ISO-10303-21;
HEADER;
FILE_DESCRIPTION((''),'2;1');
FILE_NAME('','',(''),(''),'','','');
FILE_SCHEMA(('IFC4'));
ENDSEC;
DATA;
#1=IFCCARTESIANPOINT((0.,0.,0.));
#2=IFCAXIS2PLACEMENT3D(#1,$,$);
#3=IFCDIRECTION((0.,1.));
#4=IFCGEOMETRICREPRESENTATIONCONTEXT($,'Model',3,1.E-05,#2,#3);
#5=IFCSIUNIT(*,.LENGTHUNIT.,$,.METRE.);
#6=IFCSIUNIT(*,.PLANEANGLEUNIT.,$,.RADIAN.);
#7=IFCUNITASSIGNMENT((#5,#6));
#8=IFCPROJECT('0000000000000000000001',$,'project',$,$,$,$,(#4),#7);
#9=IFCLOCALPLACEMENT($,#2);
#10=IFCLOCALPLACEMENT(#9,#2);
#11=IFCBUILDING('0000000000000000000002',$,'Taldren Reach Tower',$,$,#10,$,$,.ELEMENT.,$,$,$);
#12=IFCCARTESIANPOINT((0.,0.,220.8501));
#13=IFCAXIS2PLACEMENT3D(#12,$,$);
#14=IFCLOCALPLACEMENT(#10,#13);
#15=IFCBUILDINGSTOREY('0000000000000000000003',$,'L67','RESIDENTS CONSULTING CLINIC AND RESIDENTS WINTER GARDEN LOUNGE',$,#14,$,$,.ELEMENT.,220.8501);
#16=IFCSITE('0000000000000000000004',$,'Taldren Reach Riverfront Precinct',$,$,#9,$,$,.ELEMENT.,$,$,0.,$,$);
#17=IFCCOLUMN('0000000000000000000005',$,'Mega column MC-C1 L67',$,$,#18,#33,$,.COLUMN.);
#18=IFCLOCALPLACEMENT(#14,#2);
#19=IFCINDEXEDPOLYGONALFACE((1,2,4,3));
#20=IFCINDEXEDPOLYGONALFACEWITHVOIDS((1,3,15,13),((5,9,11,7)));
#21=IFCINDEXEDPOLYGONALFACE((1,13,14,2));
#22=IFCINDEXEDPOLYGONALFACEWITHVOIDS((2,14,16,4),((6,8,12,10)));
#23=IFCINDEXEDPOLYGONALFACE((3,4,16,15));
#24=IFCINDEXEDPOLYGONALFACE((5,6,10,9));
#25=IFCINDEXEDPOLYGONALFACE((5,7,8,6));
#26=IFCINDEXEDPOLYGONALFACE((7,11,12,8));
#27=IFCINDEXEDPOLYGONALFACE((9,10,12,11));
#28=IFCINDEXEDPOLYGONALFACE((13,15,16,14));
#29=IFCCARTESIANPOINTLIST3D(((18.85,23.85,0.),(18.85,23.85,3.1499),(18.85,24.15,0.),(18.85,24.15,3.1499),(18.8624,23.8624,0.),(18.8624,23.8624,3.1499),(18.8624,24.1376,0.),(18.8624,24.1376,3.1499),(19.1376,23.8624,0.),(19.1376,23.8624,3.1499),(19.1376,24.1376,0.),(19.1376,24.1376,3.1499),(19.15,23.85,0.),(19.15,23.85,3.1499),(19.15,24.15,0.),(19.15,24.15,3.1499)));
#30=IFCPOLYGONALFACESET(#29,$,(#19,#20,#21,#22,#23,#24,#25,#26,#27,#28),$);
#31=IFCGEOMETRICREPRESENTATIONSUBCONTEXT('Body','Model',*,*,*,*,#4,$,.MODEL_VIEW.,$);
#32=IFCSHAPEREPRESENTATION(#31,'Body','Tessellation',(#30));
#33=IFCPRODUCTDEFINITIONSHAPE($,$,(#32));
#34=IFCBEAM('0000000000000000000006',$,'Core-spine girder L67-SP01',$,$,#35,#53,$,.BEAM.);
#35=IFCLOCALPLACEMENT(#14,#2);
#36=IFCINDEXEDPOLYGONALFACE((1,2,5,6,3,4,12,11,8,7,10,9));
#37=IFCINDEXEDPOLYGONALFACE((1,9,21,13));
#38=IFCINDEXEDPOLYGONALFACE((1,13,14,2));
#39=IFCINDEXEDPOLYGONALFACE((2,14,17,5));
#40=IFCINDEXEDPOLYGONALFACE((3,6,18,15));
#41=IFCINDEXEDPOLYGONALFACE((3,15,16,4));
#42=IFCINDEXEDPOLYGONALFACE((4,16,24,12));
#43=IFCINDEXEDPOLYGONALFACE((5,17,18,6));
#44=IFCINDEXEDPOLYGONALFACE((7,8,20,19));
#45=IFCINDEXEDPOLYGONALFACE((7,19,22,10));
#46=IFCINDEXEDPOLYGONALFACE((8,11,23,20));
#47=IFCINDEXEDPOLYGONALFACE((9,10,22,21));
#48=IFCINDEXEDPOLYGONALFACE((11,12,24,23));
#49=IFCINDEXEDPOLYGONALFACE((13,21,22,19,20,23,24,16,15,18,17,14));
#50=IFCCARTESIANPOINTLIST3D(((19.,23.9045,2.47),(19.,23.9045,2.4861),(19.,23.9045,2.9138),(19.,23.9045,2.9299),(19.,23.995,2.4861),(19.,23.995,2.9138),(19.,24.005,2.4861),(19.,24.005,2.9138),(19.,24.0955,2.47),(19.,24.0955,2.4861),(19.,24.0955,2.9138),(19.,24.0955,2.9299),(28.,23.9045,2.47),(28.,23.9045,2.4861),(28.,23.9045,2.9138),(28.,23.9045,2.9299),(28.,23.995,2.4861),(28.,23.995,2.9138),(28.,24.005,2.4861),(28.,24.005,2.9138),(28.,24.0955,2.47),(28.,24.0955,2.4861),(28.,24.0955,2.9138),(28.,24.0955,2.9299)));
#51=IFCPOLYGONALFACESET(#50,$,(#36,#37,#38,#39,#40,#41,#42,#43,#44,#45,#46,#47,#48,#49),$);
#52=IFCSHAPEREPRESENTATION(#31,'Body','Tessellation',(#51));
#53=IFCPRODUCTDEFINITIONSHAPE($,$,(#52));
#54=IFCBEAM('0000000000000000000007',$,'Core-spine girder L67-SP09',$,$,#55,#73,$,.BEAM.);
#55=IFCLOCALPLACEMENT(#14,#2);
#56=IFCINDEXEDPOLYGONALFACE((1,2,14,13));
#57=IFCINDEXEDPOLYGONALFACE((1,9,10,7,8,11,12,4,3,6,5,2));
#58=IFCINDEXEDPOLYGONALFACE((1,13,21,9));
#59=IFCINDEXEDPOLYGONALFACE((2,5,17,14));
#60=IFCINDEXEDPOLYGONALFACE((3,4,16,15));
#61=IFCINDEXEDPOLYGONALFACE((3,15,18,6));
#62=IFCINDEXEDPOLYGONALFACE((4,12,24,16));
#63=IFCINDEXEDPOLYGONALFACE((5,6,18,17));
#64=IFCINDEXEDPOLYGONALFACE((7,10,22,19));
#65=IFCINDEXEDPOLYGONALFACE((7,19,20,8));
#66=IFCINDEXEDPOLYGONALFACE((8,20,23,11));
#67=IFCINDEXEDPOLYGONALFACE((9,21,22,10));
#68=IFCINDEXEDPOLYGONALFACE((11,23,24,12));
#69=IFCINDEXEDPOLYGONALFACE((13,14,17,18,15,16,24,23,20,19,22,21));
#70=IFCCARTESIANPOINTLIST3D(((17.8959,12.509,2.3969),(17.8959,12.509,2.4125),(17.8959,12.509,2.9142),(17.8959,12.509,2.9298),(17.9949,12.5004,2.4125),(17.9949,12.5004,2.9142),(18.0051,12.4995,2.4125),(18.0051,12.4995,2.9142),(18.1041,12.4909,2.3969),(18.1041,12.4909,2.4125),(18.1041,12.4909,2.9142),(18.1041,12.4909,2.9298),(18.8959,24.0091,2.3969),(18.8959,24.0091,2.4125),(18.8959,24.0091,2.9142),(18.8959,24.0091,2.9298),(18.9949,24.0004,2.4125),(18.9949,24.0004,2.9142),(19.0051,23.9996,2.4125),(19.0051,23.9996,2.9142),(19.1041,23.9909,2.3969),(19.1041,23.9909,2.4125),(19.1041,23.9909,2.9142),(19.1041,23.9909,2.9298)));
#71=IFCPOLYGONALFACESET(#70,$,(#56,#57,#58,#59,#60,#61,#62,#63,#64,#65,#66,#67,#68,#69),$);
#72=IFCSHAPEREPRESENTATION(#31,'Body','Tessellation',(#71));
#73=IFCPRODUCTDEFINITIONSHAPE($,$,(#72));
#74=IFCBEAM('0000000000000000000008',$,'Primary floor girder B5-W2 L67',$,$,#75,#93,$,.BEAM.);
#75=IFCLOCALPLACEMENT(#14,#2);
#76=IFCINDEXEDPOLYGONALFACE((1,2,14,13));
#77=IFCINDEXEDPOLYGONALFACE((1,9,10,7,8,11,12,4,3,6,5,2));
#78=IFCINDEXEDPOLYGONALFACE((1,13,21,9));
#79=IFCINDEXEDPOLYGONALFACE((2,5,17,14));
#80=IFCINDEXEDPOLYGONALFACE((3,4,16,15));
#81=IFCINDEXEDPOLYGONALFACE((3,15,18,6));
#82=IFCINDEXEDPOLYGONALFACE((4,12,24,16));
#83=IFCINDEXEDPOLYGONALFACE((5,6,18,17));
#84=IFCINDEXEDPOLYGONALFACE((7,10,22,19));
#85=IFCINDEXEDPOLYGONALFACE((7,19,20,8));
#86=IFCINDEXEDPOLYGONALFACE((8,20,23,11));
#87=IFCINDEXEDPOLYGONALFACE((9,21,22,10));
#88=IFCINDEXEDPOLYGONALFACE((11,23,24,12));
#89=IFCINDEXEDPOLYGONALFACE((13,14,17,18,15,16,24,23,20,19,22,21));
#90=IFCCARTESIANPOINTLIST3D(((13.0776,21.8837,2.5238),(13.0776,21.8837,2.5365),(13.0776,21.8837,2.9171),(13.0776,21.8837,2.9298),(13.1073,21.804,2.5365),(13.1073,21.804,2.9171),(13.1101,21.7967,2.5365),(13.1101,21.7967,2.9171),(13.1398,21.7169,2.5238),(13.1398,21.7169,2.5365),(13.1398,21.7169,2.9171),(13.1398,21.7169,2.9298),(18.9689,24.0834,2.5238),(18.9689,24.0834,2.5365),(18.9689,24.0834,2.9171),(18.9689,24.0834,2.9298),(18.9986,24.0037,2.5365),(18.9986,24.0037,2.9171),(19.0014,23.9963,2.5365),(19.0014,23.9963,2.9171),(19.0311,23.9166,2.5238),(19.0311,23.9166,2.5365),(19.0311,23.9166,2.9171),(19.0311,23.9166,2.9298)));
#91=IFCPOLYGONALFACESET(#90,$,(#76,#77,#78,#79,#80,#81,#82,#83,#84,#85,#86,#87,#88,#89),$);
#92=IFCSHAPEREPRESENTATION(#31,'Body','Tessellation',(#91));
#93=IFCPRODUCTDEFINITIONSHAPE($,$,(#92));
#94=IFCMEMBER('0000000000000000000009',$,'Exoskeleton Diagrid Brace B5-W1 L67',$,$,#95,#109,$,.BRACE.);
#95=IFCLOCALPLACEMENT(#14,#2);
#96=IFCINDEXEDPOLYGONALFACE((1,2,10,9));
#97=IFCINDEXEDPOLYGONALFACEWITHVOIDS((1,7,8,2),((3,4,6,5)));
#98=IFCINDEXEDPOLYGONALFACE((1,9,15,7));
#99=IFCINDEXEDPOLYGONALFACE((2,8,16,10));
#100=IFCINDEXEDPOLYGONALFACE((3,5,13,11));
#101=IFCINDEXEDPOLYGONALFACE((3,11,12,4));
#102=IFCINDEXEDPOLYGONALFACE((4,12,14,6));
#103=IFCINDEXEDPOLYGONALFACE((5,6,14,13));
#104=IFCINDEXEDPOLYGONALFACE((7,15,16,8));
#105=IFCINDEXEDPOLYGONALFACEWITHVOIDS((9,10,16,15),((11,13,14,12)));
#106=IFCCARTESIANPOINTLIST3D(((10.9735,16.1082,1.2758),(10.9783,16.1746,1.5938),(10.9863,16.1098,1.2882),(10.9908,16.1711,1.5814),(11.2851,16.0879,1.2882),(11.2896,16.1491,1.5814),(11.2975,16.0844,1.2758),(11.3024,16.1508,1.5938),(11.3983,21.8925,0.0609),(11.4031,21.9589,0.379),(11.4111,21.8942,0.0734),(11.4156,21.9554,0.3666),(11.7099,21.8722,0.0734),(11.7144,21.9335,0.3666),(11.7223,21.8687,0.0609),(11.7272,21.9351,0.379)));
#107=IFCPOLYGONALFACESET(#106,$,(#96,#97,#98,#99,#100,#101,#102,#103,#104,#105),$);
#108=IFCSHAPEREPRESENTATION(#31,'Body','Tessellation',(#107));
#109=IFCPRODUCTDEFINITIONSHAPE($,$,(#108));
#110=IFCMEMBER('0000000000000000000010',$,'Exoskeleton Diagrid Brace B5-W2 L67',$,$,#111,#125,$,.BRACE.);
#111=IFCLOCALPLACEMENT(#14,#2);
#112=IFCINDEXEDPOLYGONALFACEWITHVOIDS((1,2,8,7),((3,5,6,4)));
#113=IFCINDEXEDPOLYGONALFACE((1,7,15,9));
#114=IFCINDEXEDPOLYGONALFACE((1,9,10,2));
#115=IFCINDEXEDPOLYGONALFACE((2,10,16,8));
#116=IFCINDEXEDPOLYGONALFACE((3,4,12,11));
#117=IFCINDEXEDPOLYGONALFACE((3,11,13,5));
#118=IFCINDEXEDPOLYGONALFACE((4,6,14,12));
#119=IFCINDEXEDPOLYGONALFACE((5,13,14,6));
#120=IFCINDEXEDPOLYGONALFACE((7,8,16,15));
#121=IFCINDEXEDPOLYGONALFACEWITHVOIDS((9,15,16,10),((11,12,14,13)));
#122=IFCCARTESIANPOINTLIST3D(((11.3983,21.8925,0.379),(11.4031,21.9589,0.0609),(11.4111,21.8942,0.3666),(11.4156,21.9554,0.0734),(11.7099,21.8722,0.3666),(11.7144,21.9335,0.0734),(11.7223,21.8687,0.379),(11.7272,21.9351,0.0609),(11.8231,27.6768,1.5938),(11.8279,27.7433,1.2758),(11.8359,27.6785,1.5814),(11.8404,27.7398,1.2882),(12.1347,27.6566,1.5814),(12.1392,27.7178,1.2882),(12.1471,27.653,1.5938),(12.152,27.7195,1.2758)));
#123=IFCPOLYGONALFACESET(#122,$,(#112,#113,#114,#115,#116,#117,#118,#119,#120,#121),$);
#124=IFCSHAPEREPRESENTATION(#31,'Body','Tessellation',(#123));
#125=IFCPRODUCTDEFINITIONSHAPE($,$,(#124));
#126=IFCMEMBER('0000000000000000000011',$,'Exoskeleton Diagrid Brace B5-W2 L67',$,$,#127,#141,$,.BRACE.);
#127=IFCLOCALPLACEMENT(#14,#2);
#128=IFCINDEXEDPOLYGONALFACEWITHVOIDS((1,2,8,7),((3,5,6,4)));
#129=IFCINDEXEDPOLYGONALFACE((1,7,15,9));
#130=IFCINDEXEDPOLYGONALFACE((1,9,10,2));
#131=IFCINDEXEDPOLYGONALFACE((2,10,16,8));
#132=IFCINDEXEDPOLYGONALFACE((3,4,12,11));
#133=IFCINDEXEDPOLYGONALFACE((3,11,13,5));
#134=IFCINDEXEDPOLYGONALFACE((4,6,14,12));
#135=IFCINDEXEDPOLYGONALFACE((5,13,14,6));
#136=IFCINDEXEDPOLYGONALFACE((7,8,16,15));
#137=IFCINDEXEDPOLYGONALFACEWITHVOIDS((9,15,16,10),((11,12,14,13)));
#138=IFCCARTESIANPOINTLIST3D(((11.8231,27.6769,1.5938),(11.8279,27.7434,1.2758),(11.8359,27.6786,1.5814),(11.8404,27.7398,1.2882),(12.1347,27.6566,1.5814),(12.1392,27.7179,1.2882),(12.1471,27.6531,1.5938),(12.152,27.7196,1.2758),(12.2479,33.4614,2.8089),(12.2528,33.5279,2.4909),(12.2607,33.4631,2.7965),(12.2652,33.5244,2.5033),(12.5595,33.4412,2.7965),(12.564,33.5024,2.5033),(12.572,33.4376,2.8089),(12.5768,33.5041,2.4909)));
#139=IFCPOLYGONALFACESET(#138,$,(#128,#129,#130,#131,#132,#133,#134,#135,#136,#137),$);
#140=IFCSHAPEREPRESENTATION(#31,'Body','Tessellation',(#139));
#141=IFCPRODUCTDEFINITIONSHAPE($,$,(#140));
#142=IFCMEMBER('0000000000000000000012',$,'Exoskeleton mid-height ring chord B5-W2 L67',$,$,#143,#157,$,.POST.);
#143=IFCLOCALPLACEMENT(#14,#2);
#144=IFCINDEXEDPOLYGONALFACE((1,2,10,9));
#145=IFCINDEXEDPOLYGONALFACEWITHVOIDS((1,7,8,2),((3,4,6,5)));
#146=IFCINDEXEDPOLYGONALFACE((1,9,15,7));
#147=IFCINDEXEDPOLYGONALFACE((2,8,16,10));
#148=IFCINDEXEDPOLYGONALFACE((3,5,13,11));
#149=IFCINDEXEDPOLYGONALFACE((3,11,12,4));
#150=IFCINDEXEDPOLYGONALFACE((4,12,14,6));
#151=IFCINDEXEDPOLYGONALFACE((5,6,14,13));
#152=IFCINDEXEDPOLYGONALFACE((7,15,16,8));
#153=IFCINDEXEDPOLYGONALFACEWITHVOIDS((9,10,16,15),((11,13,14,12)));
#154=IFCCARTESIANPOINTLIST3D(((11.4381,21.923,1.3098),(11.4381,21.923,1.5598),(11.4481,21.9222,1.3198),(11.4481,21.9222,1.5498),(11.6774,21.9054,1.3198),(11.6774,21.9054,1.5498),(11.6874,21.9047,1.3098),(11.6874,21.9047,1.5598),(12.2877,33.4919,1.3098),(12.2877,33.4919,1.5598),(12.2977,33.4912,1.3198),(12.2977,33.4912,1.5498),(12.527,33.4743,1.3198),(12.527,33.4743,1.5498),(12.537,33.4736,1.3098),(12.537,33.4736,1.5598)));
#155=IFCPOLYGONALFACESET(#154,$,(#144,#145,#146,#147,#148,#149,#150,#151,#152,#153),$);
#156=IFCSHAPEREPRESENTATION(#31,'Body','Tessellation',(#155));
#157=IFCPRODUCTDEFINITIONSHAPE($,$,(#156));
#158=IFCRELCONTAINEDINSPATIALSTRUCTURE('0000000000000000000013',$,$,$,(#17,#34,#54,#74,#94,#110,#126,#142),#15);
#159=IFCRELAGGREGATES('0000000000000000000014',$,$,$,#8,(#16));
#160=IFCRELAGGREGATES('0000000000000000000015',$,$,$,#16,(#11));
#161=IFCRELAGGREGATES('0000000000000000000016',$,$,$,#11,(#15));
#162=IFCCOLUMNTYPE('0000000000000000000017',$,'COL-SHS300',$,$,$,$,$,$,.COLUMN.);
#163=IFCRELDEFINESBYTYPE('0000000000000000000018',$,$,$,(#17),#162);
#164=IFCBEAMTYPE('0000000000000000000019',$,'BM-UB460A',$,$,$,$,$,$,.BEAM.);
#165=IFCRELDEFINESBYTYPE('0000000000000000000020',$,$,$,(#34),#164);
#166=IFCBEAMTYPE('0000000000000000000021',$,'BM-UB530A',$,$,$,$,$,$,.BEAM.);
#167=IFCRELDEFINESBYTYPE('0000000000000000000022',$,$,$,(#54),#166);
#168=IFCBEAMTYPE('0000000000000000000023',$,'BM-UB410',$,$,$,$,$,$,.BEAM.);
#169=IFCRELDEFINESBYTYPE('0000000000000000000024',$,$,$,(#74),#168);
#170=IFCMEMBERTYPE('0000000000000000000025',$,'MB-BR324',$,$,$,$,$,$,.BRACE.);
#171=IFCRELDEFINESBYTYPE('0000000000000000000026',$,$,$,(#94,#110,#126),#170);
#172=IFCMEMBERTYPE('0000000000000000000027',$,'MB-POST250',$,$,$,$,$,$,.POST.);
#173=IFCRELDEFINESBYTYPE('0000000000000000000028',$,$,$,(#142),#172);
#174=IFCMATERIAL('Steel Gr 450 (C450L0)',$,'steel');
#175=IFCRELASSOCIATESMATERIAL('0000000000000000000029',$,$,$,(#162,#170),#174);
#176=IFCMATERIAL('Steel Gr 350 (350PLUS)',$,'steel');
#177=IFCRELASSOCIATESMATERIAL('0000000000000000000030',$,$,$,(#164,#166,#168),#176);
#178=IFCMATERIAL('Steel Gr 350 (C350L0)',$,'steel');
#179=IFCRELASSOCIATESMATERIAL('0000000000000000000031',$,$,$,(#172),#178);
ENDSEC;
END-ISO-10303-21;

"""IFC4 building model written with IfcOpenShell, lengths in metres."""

from ifc_helpers import new_model, si_unit, direction, frame, origin, origin_2d, place, context, subcontext, project, spatial, hollow_rectangle, i_section, extrude, source, transform, mapped, material, material_profile, profile_set, type_object, element, save


model = new_model("IFC4")

# Units and contexts
model_context = context("Model", 3, precision=1e-05, world=origin(), true_north=direction((0.0, 1.0)))
body_context = subcontext(model_context, "Body", "Model", "MODEL_VIEW")
ifc_project = project(units=[si_unit("LENGTHUNIT", "METRE"), si_unit("PLANEANGLEUNIT", "RADIAN")], contexts=[model_context])

# Site, building, storey
site_placement = place(None, origin())
site = spatial("IfcSite", under=ifc_project, at=site_placement, Name="Taldren Reach Riverfront Precinct", CompositionType="ELEMENT", RefElevation=0.0)
building_placement = place(site_placement, origin())
building = spatial("IfcBuilding", under=site, at=building_placement, Name="Taldren Reach Tower", CompositionType="ELEMENT")
storey_placement = place(building_placement, frame((0.0, 0.0, 220.8501)))
storey = spatial("IfcBuildingStorey", under=building, at=storey_placement, Name="L67", Description="RESIDENTS CONSULTING CLINIC AND RESIDENTS WINTER GARDEN LOUNGE", CompositionType="ELEMENT", Elevation=220.8501)

# Column
ifc_material_1 = material(Name="Steel Gr 450 (C450L0)", Category="steel")
ifc_material_profile_1 = material_profile(ifc_material_1, hollow_rectangle(XDim=0.3, YDim=0.3, WallThickness=0.0125, at=origin_2d()), Name="300x300x12.5SHS")
ifc_profile_set_1 = profile_set([ifc_material_profile_1], Name="Steel Gr 450 (C450L0)")
column_type = type_object("IfcColumnType", Name="COL-SHS300", PredefinedType="COLUMN", material=ifc_profile_set_1)
shared_shape_1 = source(origin(), body_context, "Body", "SweptSolid", [
    extrude(hollow_rectangle(XDim=0.3, YDim=0.3, WallThickness=0.0125, at=origin_2d()), origin(), (0.0, 0.0, 1.0), 3.1499),
])
column_placement = place(storey_placement, frame((19.0, 24.0, 0.0), z_axis=(0.0, 0.0, 1.0), x_axis=(1.0, 0.0, 0.0)))
element("IfcColumn", 1, at=column_placement, inside=storey, type_object=column_type, Name="Mega column MC-C1 L67", PredefinedType="COLUMN", context=body_context, shape_type="MappedRepresentation", body=[
    mapped(shared_shape_1, transform((0.0, 0.0, 0.0), scale=1.0)),
])

# Beams
ifc_material_2 = material(Name="Steel Gr 350 (350PLUS)", Category="steel")
ifc_material_profile_2 = material_profile(ifc_material_2, i_section(OverallWidth=0.1909, OverallDepth=0.46, WebThickness=0.01, FlangeThickness=0.0161, at=origin_2d()), Name="460UB82.1")
ifc_profile_set_2 = profile_set([ifc_material_profile_2], Name="Steel Gr 350 (350PLUS)")
beam_type_1 = type_object("IfcBeamType", Name="BM-UB460A", PredefinedType="BEAM", material=ifc_profile_set_2)
shared_shape_2 = source(origin(), body_context, "Body", "SweptSolid", [
    extrude(i_section(OverallWidth=0.1909, OverallDepth=0.46, WebThickness=0.01, FlangeThickness=0.0161, at=origin_2d()), origin(), (0.0, 0.0, 1.0), 9.0),
])
beam_1_placement = place(storey_placement, frame((19.0, 24.0, 2.7), z_axis=(1.0, 0.0, 0.0), x_axis=(0.0, 1.0, 0.0)))
element("IfcBeam", 2, at=beam_1_placement, inside=storey, type_object=beam_type_1, Name="Core-spine girder L67-SP01", PredefinedType="BEAM", context=body_context, shape_type="MappedRepresentation", body=[
    mapped(shared_shape_2, transform((0.0, 0.0, 0.0), scale=1.0)),
])
ifc_material_profile_3 = material_profile(ifc_material_2, i_section(OverallWidth=0.209, OverallDepth=0.533, WebThickness=0.0103, FlangeThickness=0.0156, at=origin_2d()), Name="530UB92.4")
ifc_profile_set_3 = profile_set([ifc_material_profile_3], Name="Steel Gr 350 (350PLUS)")
beam_type_2 = type_object("IfcBeamType", Name="BM-UB530A", PredefinedType="BEAM", material=ifc_profile_set_3)
shared_shape_3 = source(origin(), body_context, "Body", "SweptSolid", [
    extrude(i_section(OverallWidth=0.209, OverallDepth=0.533, WebThickness=0.0103, FlangeThickness=0.0156, at=origin_2d()), origin(), (0.0, 0.0, 1.0), 11.5435),
])
beam_2_placement = place(storey_placement, frame((19.0, 24.0, 2.6633), z_axis=(-0.08663, -0.996241, 0.0), x_axis=(0.996241, -0.08663, 0.0)))
element("IfcBeam", 3, at=beam_2_placement, inside=storey, type_object=beam_type_2, Name="Core-spine girder L67-SP09", PredefinedType="BEAM", context=body_context, shape_type="MappedRepresentation", body=[
    mapped(shared_shape_3, transform((0.0, 0.0, 0.0), scale=1.0)),
])
ifc_material_profile_4 = material_profile(ifc_material_2, i_section(OverallWidth=0.178, OverallDepth=0.406, WebThickness=0.0078, FlangeThickness=0.0127, at=origin_2d()), Name="410UB59.7")
ifc_profile_set_4 = profile_set([ifc_material_profile_4], Name="Steel Gr 350 (350PLUS)")
beam_type_3 = type_object("IfcBeamType", Name="BM-UB410", PredefinedType="BEAM", material=ifc_profile_set_4)
shared_shape_4 = source(origin(), body_context, "Body", "SweptSolid", [
    extrude(i_section(OverallWidth=0.178, OverallDepth=0.406, WebThickness=0.0078, FlangeThickness=0.0127, at=origin_2d()), origin(), (0.0, 0.0, 1.0), 6.2886),
])
beam_3_placement = place(storey_placement, frame((19.0, 24.0, 2.7268), z_axis=(-0.936828, -0.349791, 0.0), x_axis=(0.349791, -0.936828, 0.0)))
element("IfcBeam", 4, at=beam_3_placement, inside=storey, type_object=beam_type_3, Name="Primary floor girder B5-W2 L67", PredefinedType="BEAM", context=body_context, shape_type="MappedRepresentation", body=[
    mapped(shared_shape_4, transform((0.0, 0.0, 0.0), scale=1.0)),
])

# Members
ifc_material_profile_5 = material_profile(ifc_material_1, hollow_rectangle(XDim=0.325, YDim=0.325, WallThickness=0.0127, at=origin_2d()), Name="325x325x12.7SHS")
ifc_profile_set_5 = profile_set([ifc_material_profile_5], Name="Steel Gr 450 (C450L0)")
member_type_1 = type_object("IfcMemberType", Name="MB-BR324", PredefinedType="BRACE", material=ifc_profile_set_5)
shared_shape_5 = source(origin(), body_context, "Body", "SweptSolid", [
    extrude(hollow_rectangle(XDim=0.325, YDim=0.325, WallThickness=0.0127, at=origin_2d()), origin(), (0.0, 0.0, 1.0), 5.9258),
])
for number, where, z_axis, x_axis, name in (
    (5, (11.5627, 21.9138, 0.22), (-0.071687, -0.976132, 0.205007), (0.997314, -0.073242, 0.0), "Exoskeleton Diagrid Brace B5-W1 L67"),
    (6, (11.5627, 21.9138, 0.22), (0.071687, 0.976132, 0.205007), (-0.997314, 0.073242, 0.0), "Exoskeleton Diagrid Brace B5-W2 L67"),
):
    element("IfcMember", number, at=place(storey_placement, frame(where, z_axis=z_axis, x_axis=x_axis)), inside=storey, type_object=member_type_1, Name=name, PredefinedType="BRACE", context=body_context, shape_type="MappedRepresentation", body=[
        mapped(shared_shape_5, transform((0.0, 0.0, 0.0), scale=1.0)),
    ])
shared_shape_6 = source(origin(), body_context, "Body", "SweptSolid", [
    extrude(hollow_rectangle(XDim=0.325, YDim=0.325, WallThickness=0.0127, at=origin_2d()), origin(), (0.0, 0.0, 1.0), 5.926),
])
member_1_placement = place(storey_placement, frame((11.9875, 27.6982, 1.4348), z_axis=(0.071686, 0.976123, 0.205046), x_axis=(-0.997314, 0.073242, 0.0)))
element("IfcMember", 7, at=member_1_placement, inside=storey, type_object=member_type_1, Name="Exoskeleton Diagrid Brace B5-W2 L67", PredefinedType="BRACE", context=body_context, shape_type="MappedRepresentation", body=[
    mapped(shared_shape_6, transform((0.0, 0.0, 0.0), scale=1.0)),
])
ifc_material_3 = material(Name="Steel Gr 350 (C350L0)", Category="steel")
ifc_material_profile_6 = material_profile(ifc_material_3, hollow_rectangle(XDim=0.25, YDim=0.25, WallThickness=0.01, at=origin_2d()), Name="250x250x10.0SHS")
ifc_profile_set_6 = profile_set([ifc_material_profile_6], Name="Steel Gr 350 (C350L0)")
member_type_2 = type_object("IfcMemberType", Name="MB-POST250", PredefinedType="POST", material=ifc_profile_set_6)
shared_shape_7 = source(origin(), body_context, "Body", "SweptSolid", [
    extrude(hollow_rectangle(XDim=0.25, YDim=0.25, WallThickness=0.01, at=origin_2d()), origin(), (0.0, 0.0, 1.0), 11.6001),
])
member_2_placement = place(storey_placement, frame((11.5627, 21.9138, 1.4348), z_axis=(0.073242, 0.997314, 0.0), x_axis=(-0.997314, 0.073242, 0.0)))
element("IfcMember", 8, at=member_2_placement, inside=storey, type_object=member_type_2, Name="Exoskeleton mid-height ring chord B5-W2 L67", PredefinedType="POST", context=body_context, shape_type="MappedRepresentation", body=[
    mapped(shared_shape_7, transform((0.0, 0.0, 0.0), scale=1.0)),
])

save(model, "model.ifc")
